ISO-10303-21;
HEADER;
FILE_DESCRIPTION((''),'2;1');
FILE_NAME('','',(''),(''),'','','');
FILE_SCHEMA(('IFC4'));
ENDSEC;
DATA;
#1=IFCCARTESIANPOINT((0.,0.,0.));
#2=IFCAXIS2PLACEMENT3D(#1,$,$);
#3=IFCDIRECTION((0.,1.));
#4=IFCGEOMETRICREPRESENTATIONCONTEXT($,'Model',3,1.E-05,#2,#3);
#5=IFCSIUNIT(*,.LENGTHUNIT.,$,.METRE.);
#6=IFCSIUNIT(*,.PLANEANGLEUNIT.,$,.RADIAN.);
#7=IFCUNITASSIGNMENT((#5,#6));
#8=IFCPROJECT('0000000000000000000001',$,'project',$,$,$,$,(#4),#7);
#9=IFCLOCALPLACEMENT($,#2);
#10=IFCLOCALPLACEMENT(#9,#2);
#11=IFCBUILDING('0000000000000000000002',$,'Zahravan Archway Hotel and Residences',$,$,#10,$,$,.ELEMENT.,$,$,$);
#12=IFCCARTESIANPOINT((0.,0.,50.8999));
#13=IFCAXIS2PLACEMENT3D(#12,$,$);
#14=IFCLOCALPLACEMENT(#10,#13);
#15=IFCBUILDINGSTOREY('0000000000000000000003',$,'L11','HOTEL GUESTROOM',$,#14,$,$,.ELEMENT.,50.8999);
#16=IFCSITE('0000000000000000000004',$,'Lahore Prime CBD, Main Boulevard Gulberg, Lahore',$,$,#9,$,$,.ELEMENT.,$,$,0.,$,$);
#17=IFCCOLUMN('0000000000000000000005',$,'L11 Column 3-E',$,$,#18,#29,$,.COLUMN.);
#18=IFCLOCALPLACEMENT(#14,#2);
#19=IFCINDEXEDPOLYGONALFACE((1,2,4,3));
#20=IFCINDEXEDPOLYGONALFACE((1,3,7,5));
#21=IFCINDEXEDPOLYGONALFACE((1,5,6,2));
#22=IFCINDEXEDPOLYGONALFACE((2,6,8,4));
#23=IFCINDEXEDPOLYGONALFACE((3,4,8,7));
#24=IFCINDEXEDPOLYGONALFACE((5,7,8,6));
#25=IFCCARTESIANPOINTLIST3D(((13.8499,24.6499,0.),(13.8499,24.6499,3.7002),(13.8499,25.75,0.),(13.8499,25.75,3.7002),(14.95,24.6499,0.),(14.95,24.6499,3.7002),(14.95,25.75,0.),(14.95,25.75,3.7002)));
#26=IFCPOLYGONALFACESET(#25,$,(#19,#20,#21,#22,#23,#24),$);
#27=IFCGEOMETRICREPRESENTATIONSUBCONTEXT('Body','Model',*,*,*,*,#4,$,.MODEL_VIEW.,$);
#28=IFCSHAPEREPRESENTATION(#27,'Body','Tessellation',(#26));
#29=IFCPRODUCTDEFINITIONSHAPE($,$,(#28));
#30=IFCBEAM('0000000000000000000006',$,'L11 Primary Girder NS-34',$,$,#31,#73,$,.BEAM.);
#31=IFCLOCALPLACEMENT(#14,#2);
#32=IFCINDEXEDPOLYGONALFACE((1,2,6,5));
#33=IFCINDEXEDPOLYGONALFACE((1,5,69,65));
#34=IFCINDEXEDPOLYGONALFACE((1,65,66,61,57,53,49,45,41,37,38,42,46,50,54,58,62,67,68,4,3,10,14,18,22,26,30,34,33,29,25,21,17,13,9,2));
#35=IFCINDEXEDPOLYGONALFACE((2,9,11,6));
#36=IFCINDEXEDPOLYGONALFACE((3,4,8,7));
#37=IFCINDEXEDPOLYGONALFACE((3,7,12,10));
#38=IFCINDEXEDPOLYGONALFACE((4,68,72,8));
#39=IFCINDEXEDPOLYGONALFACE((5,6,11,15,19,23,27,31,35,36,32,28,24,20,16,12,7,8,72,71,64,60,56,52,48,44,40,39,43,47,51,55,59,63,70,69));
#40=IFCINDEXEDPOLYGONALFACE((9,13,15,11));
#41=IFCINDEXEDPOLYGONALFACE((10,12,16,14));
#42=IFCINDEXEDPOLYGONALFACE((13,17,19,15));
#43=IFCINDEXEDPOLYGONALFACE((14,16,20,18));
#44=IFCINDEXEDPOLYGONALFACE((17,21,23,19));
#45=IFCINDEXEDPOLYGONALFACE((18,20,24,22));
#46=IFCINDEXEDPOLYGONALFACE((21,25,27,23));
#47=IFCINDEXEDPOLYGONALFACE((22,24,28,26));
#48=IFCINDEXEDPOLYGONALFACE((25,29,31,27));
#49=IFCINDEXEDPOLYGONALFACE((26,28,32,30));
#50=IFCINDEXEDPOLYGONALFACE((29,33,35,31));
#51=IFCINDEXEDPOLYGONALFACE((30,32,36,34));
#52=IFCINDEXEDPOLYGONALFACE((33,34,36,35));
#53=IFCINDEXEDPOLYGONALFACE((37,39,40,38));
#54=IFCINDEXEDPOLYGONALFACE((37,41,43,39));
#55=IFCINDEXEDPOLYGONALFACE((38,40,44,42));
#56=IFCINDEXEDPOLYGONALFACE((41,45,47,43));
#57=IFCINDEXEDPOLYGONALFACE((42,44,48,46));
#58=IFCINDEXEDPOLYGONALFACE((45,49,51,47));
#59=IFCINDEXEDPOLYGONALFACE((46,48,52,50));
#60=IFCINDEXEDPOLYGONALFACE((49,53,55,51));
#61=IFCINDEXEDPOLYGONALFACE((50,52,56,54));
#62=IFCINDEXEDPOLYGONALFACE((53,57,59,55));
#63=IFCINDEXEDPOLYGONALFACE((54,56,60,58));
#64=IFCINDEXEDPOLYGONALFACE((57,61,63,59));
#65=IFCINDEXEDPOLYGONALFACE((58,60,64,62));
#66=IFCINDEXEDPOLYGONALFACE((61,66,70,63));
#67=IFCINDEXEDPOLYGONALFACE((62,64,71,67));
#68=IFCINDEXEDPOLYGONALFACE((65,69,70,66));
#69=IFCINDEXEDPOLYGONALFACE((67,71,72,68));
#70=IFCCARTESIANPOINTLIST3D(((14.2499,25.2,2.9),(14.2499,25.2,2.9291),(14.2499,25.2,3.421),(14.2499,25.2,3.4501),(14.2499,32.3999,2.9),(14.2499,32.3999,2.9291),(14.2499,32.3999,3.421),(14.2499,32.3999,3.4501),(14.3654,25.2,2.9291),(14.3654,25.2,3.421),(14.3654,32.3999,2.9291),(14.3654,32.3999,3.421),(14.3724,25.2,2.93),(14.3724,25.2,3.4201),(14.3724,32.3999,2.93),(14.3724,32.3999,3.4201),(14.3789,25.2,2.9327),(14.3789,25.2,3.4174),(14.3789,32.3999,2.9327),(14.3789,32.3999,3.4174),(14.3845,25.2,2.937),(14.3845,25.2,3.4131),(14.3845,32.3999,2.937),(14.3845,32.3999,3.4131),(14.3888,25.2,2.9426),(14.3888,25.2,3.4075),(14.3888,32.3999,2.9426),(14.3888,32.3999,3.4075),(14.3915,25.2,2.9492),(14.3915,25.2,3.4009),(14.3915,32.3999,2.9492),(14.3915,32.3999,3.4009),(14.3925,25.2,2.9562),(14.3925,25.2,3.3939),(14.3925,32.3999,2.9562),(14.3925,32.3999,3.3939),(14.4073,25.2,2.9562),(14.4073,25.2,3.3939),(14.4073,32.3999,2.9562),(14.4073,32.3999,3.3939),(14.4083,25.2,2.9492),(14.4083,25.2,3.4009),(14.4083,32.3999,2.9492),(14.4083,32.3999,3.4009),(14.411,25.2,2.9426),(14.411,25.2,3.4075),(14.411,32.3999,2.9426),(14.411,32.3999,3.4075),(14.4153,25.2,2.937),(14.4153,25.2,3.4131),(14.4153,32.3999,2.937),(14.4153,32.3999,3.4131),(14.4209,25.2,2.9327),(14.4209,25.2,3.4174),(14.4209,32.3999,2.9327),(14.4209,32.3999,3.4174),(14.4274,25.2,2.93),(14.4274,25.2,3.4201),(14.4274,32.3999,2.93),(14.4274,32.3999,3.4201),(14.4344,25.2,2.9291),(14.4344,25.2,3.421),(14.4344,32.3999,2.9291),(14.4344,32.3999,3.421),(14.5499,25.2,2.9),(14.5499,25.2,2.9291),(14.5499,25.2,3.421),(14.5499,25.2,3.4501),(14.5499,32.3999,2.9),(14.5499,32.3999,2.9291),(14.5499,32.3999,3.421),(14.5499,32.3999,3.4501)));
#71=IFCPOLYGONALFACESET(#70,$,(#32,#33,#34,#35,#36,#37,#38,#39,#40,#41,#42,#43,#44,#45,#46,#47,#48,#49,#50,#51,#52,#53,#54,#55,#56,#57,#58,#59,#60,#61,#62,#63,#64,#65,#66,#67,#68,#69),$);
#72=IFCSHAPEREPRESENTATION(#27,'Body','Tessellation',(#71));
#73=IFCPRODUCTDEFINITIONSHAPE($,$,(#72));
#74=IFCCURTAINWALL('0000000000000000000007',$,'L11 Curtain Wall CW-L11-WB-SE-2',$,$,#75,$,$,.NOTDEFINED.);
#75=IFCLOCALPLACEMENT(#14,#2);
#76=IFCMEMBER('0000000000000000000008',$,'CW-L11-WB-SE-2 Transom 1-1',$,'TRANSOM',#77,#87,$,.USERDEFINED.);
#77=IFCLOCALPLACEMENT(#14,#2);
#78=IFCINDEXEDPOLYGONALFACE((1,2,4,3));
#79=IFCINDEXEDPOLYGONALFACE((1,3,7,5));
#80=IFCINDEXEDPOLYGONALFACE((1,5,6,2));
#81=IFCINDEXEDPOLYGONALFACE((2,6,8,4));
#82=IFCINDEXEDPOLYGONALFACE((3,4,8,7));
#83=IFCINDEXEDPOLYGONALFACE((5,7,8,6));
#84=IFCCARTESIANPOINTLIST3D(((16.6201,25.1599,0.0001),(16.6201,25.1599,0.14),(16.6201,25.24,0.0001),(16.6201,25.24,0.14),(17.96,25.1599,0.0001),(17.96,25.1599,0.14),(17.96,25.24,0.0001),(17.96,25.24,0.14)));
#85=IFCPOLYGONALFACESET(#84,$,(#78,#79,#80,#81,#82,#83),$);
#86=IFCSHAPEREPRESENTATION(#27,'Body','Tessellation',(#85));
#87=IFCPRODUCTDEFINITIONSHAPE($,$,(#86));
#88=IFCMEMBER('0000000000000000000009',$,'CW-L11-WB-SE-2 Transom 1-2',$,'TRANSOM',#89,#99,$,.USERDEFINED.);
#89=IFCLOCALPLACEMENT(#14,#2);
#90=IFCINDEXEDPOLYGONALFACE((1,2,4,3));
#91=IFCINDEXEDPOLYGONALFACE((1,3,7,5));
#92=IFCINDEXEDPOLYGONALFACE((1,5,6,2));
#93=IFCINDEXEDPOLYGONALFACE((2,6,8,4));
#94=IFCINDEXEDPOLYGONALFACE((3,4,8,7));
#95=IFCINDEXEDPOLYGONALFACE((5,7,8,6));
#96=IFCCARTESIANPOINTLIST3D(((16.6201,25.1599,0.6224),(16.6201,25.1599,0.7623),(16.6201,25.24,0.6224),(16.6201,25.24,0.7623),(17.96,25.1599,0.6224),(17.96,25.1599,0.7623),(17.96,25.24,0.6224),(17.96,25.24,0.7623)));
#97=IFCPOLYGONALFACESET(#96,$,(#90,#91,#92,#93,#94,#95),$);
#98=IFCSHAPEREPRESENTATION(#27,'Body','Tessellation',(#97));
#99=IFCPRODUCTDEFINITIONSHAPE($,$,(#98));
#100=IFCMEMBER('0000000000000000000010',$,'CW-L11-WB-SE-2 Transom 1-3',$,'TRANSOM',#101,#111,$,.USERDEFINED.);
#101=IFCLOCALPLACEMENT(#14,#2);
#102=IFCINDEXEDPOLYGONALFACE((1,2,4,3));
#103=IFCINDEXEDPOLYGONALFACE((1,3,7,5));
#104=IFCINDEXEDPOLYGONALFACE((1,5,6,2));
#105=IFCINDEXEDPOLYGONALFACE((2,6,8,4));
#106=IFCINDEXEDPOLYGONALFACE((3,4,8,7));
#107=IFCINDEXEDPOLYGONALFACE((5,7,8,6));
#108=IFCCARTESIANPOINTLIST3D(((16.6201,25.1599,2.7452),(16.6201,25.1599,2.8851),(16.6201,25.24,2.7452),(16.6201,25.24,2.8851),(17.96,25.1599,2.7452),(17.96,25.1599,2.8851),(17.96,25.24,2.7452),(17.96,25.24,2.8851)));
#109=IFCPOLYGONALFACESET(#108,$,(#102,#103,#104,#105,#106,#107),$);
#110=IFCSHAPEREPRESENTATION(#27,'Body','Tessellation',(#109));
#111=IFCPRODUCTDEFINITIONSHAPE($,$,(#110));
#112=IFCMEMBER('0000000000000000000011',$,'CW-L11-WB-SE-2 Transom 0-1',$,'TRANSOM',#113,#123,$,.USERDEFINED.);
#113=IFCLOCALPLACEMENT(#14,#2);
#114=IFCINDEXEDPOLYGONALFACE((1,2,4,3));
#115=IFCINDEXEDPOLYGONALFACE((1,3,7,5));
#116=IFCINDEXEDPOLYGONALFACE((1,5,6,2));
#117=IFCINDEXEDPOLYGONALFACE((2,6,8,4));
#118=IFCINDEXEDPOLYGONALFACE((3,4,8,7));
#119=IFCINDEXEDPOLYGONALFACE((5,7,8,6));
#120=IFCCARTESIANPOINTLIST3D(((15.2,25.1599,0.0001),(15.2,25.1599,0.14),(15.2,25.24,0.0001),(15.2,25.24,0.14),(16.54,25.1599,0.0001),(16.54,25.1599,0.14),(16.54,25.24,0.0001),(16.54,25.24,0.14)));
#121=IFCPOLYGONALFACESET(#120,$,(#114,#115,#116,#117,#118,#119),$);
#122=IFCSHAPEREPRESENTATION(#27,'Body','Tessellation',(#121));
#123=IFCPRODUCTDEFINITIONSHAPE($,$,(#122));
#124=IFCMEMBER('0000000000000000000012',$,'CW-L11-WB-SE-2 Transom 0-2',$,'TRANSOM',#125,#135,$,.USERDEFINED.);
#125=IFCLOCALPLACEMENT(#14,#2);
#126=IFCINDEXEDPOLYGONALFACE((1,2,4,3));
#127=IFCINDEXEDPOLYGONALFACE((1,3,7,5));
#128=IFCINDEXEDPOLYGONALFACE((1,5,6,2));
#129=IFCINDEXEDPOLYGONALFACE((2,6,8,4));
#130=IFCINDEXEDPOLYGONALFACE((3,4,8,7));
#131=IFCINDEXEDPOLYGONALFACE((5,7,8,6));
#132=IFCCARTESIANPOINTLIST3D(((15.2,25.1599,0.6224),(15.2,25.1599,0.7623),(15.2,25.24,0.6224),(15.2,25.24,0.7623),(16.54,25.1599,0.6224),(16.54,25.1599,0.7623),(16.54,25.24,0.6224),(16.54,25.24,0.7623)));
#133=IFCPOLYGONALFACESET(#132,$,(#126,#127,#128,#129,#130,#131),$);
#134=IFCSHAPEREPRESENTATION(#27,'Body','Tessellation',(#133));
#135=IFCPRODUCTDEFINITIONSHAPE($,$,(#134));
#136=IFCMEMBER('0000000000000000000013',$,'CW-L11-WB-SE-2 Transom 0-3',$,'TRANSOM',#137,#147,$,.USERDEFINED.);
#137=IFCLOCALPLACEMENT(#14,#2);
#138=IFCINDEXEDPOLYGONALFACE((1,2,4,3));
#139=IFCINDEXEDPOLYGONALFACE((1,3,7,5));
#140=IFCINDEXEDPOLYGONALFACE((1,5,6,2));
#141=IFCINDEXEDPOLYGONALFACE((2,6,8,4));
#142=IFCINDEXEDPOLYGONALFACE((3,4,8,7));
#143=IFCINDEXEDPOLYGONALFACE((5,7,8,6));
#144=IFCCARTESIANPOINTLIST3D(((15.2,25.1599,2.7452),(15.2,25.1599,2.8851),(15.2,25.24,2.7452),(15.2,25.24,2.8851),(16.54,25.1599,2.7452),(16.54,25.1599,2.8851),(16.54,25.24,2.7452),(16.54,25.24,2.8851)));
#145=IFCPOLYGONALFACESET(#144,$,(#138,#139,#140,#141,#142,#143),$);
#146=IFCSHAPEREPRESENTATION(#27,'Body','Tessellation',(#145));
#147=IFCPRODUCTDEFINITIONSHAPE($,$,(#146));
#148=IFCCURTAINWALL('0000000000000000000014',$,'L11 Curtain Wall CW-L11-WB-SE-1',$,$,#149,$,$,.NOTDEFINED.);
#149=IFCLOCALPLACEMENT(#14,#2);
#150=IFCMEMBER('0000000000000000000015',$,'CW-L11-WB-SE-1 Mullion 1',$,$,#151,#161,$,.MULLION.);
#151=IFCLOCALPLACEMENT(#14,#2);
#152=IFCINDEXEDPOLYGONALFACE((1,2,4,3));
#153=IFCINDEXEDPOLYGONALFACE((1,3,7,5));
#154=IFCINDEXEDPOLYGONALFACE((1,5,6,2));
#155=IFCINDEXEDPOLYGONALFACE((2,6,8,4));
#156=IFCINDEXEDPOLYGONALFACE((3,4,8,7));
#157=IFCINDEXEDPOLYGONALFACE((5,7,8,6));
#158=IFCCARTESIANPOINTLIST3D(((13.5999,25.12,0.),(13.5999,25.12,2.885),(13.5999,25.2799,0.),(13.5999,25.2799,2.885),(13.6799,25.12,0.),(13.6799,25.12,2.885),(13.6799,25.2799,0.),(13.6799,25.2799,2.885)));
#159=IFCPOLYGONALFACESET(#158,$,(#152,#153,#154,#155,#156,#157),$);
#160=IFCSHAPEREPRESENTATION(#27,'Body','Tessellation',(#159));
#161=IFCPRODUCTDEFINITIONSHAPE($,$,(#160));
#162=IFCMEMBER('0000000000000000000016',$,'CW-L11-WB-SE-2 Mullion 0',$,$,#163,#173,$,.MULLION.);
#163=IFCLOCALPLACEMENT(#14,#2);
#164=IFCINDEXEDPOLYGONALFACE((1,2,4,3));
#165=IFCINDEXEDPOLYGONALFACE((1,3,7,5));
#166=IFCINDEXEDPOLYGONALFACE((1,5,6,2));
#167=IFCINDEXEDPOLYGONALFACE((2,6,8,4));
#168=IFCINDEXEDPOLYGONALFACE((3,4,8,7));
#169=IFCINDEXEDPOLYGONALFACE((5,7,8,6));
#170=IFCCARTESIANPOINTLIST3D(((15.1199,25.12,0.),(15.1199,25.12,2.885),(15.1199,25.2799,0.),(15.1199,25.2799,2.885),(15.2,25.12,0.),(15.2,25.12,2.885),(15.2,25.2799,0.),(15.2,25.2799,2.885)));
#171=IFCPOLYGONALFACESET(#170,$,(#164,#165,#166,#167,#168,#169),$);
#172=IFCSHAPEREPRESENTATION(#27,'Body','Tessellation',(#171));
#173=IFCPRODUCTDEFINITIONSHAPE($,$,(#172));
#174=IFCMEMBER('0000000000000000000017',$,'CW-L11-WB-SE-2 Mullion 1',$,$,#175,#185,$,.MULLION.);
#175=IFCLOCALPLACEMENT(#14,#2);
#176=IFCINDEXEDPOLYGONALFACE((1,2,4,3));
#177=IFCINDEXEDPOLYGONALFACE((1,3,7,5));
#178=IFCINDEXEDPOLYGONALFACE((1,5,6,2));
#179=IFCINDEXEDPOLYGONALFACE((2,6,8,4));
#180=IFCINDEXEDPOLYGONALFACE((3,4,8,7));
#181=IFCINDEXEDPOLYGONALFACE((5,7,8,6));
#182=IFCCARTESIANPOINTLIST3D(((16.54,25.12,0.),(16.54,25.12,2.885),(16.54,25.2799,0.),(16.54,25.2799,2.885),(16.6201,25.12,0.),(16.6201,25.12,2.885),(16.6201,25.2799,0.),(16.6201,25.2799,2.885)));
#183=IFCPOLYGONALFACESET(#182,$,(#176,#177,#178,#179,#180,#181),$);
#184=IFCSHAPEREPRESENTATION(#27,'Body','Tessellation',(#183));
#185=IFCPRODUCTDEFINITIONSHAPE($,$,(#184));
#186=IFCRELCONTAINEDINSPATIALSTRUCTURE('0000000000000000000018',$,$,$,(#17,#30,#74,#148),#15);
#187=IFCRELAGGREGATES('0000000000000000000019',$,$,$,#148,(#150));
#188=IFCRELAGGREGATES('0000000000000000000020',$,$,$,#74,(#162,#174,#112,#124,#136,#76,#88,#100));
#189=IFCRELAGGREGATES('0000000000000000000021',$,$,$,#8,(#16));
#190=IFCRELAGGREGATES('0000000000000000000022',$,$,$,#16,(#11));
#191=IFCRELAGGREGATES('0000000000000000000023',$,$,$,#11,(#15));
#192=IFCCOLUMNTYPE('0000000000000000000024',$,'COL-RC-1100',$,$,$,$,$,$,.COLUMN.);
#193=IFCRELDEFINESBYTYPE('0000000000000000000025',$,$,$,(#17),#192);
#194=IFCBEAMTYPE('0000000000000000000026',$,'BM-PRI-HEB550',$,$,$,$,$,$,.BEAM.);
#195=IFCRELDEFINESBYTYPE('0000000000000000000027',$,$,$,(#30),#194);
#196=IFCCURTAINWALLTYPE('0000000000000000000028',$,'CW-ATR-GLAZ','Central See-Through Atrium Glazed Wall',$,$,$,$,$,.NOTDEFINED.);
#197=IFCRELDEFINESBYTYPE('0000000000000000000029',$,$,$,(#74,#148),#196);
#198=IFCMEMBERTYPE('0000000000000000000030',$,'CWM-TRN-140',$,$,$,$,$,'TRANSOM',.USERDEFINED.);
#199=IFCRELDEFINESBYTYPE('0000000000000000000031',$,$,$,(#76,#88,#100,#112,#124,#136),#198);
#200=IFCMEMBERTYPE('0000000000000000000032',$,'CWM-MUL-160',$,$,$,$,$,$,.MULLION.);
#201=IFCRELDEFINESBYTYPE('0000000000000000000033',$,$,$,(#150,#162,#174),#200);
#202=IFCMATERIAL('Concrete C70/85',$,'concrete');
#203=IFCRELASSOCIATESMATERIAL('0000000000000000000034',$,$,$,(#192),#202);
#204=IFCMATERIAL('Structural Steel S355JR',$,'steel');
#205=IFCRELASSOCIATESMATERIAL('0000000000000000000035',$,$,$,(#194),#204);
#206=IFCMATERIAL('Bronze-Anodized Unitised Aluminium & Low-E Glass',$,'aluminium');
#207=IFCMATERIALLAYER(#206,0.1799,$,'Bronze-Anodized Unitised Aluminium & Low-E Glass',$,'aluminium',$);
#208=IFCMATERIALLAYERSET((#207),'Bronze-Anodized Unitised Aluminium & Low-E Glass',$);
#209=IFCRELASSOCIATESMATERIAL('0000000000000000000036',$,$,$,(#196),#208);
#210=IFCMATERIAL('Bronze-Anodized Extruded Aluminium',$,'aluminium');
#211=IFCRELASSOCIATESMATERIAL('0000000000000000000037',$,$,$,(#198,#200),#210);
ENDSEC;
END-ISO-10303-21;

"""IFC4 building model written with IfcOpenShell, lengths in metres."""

from ifc_helpers import new_model, si_unit, direction, frame, origin, origin_2d, place, context, subcontext, project, spatial, rectangle, i_section, extrude, source, transform, mapped, material, layer, layer_set, material_profile, profile_set, type_object, element, aggregate, save


model = new_model("IFC4")

# Units and contexts
model_context = context("Model", 3, precision=1e-05, world=origin(), true_north=direction((0.0, 1.0)))
body_context = subcontext(model_context, "Body", "Model", "MODEL_VIEW")
ifc_project = project(units=[si_unit("LENGTHUNIT", "METRE"), si_unit("PLANEANGLEUNIT", "RADIAN")], contexts=[model_context])

# Site, building, storey
site_placement = place(None, origin())
site = spatial("IfcSite", under=ifc_project, at=site_placement, Name="Lahore Prime CBD, Main Boulevard Gulberg, Lahore", CompositionType="ELEMENT", RefElevation=0.0)
building_placement = place(site_placement, origin())
building = spatial("IfcBuilding", under=site, at=building_placement, Name="Zahravan Archway Hotel and Residences", CompositionType="ELEMENT")
storey_placement = place(building_placement, frame((0.0, 0.0, 50.8999)))
storey = spatial("IfcBuildingStorey", under=building, at=storey_placement, Name="L11", Description="HOTEL GUESTROOM", CompositionType="ELEMENT", Elevation=50.8999)

# Column
ifc_material_1 = material(Name="Concrete C70/85", Category="concrete")
ifc_material_profile_1 = material_profile(ifc_material_1, rectangle(XDim=1.1001, YDim=1.1001, at=origin_2d()), Name="RC 1100x1100", Category="concrete")
ifc_profile_set_1 = profile_set([ifc_material_profile_1], Name="Concrete C70/85")
column_type = type_object("IfcColumnType", Name="COL-RC-1100", PredefinedType="COLUMN", material=ifc_profile_set_1)
shared_shape_1 = source(origin(), body_context, "Body", "SweptSolid", [
    extrude(rectangle(XDim=1.1001, YDim=1.1001, at=origin_2d()), origin(), (0.0, 0.0, 1.0), 3.7002),
])
column_placement = place(storey_placement, frame((14.3999, 25.2, 0.0), z_axis=(0.0, 0.0, 1.0), x_axis=(1.0, 0.0, 0.0)))
element("IfcColumn", 1, at=column_placement, inside=storey, type_object=column_type, Name="L11 Column 3-E", PredefinedType="COLUMN", context=body_context, shape_type="MappedRepresentation", body=[
    mapped(shared_shape_1, transform((0.0, 0.0, 0.0), scale=1.0)),
])

# Beam
ifc_material_2 = material(Name="Structural Steel S355JR", Category="steel")
ifc_material_profile_2 = material_profile(ifc_material_2, i_section(OverallWidth=0.3, OverallDepth=0.55, WebThickness=0.0149, FlangeThickness=0.0291, FilletRadius=0.0271, at=origin_2d()), Name="HEB 550", Category="steel")
ifc_profile_set_2 = profile_set([ifc_material_profile_2], Name="Structural Steel S355JR")
beam_type = type_object("IfcBeamType", Name="BM-PRI-HEB550", PredefinedType="BEAM", material=ifc_profile_set_2)
shared_shape_2 = source(origin(), body_context, "Body", "SweptSolid", [
    extrude(i_section(OverallWidth=0.3, OverallDepth=0.55, WebThickness=0.0149, FlangeThickness=0.0291, FilletRadius=0.0271, at=origin_2d()), origin(), (0.0, 0.0, 1.0), 7.2),
])
beam_placement = place(storey_placement, frame((14.3999, 25.2, 3.175), z_axis=(0.0, 1.0, 0.0), x_axis=(-1.0, 0.0, 0.0)))
element("IfcBeam", 2, at=beam_placement, inside=storey, type_object=beam_type, Name="L11 Primary Girder NS-34", PredefinedType="BEAM", context=body_context, shape_type="MappedRepresentation", body=[
    mapped(shared_shape_2, transform((0.0, 0.0, 0.0), scale=1.0)),
])

# Curtain wall, members
ifc_material_3 = material(Name="Bronze-Anodized Unitised Aluminium & Low-E Glass", Category="aluminium")
ifc_layer_1 = layer(ifc_material_3, 0.1799, Name="Bronze-Anodized Unitised Aluminium & Low-E Glass", Category="aluminium")
ifc_layer_set_1 = layer_set([ifc_layer_1], Name="Bronze-Anodized Unitised Aluminium & Low-E Glass")
curtain_wall_type = type_object("IfcCurtainWallType", Name="CW-ATR-GLAZ", Description="Central See-Through Atrium Glazed Wall", PredefinedType="NOTDEFINED", material=ifc_layer_set_1)
curtain_wall_1_placement = place(storey_placement, origin())
curtain_wall_1 = element("IfcCurtainWall", 3, at=curtain_wall_1_placement, inside=storey, type_object=curtain_wall_type, Name="L11 Curtain Wall CW-L11-WB-SE-2", PredefinedType="NOTDEFINED")
ifc_material_4 = material(Name="Bronze-Anodized Extruded Aluminium", Category="aluminium")
ifc_material_profile_3 = material_profile(ifc_material_4, rectangle(XDim=0.0801, YDim=0.1399, at=origin_2d()), Name="TRN 80x140", Category="aluminium")
ifc_profile_set_3 = profile_set([ifc_material_profile_3], Name="Bronze-Anodized Extruded Aluminium")
member_type_1 = type_object("IfcMemberType", Name="CWM-TRN-140", ElementType="TRANSOM", PredefinedType="USERDEFINED", material=ifc_profile_set_3)
shared_shape_3 = source(origin(), body_context, "Body", "SweptSolid", [
    extrude(rectangle(XDim=0.0801, YDim=0.1399, at=origin_2d()), origin(), (0.0, 0.0, 1.0), 1.3398),
])
member_1_placement = place(storey_placement, frame((16.6201, 25.2, 0.0701), z_axis=(1.0, 0.0, 0.0), x_axis=(0.0, 1.0, 0.0)))
member_1 = element("IfcMember", 4, at=member_1_placement, type_object=member_type_1, Name="CW-L11-WB-SE-2 Transom 1-1", ObjectType="TRANSOM", PredefinedType="USERDEFINED", context=body_context, shape_type="MappedRepresentation", body=[
    mapped(shared_shape_3, transform((0.0, 0.0, 0.0), scale=1.0)),
])
member_2_placement = place(storey_placement, frame((16.6201, 25.2, 0.6924), z_axis=(1.0, 0.0, 0.0), x_axis=(0.0, 1.0, 0.0)))
member_2 = element("IfcMember", 5, at=member_2_placement, type_object=member_type_1, Name="CW-L11-WB-SE-2 Transom 1-2", ObjectType="TRANSOM", PredefinedType="USERDEFINED", context=body_context, shape_type="MappedRepresentation", body=[
    mapped(shared_shape_3, transform((0.0, 0.0, 0.0), scale=1.0)),
])
member_3_placement = place(storey_placement, frame((16.6201, 25.2, 2.8152), z_axis=(1.0, 0.0, 0.0), x_axis=(0.0, 1.0, 0.0)))
member_3 = element("IfcMember", 6, at=member_3_placement, type_object=member_type_1, Name="CW-L11-WB-SE-2 Transom 1-3", ObjectType="TRANSOM", PredefinedType="USERDEFINED", context=body_context, shape_type="MappedRepresentation", body=[
    mapped(shared_shape_3, transform((0.0, 0.0, 0.0), scale=1.0)),
])
shared_shape_4 = source(origin(), body_context, "Body", "SweptSolid", [
    extrude(rectangle(XDim=0.0801, YDim=0.1399, at=origin_2d()), origin(), (0.0, 0.0, 1.0), 1.3401),
])
member_4_placement = place(storey_placement, frame((15.2, 25.2, 0.0701), z_axis=(1.0, 0.0, 0.0), x_axis=(0.0, 1.0, 0.0)))
member_4 = element("IfcMember", 7, at=member_4_placement, type_object=member_type_1, Name="CW-L11-WB-SE-2 Transom 0-1", ObjectType="TRANSOM", PredefinedType="USERDEFINED", context=body_context, shape_type="MappedRepresentation", body=[
    mapped(shared_shape_4, transform((0.0, 0.0, 0.0), scale=1.0)),
])
member_5_placement = place(storey_placement, frame((15.2, 25.2, 0.6924), z_axis=(1.0, 0.0, 0.0), x_axis=(0.0, 1.0, 0.0)))
member_5 = element("IfcMember", 8, at=member_5_placement, type_object=member_type_1, Name="CW-L11-WB-SE-2 Transom 0-2", ObjectType="TRANSOM", PredefinedType="USERDEFINED", context=body_context, shape_type="MappedRepresentation", body=[
    mapped(shared_shape_4, transform((0.0, 0.0, 0.0), scale=1.0)),
])
member_6_placement = place(storey_placement, frame((15.2, 25.2, 2.8152), z_axis=(1.0, 0.0, 0.0), x_axis=(0.0, 1.0, 0.0)))
member_6 = element("IfcMember", 9, at=member_6_placement, type_object=member_type_1, Name="CW-L11-WB-SE-2 Transom 0-3", ObjectType="TRANSOM", PredefinedType="USERDEFINED", context=body_context, shape_type="MappedRepresentation", body=[
    mapped(shared_shape_4, transform((0.0, 0.0, 0.0), scale=1.0)),
])

# Curtain wall, member
curtain_wall_2_placement = place(storey_placement, origin())
curtain_wall_2 = element("IfcCurtainWall", 10, at=curtain_wall_2_placement, inside=storey, type_object=curtain_wall_type, Name="L11 Curtain Wall CW-L11-WB-SE-1", PredefinedType="NOTDEFINED")
ifc_material_profile_4 = material_profile(ifc_material_4, rectangle(XDim=0.0801, YDim=0.1599, at=origin_2d()), Name="MUL 80x160", Category="aluminium")
ifc_profile_set_4 = profile_set([ifc_material_profile_4], Name="Bronze-Anodized Extruded Aluminium")
member_type_2 = type_object("IfcMemberType", Name="CWM-MUL-160", PredefinedType="MULLION", material=ifc_profile_set_4)
shared_shape_5 = source(origin(), body_context, "Body", "SweptSolid", [
    extrude(rectangle(XDim=0.0801, YDim=0.1599, at=origin_2d()), origin(), (0.0, 0.0, 1.0), 2.885),
])
member_7_placement = place(storey_placement, frame((13.6399, 25.2, 0.0), z_axis=(0.0, 0.0, 1.0), x_axis=(1.0, 0.0, 0.0)))
member_7 = element("IfcMember", 11, at=member_7_placement, type_object=member_type_2, Name="CW-L11-WB-SE-1 Mullion 1", PredefinedType="MULLION", context=body_context, shape_type="MappedRepresentation", body=[
    mapped(shared_shape_5, transform((0.0, 0.0, 0.0), scale=1.0)),
])

# Members
member_8_placement = place(storey_placement, frame((15.1599, 25.2, 0.0), z_axis=(0.0, 0.0, 1.0), x_axis=(1.0, 0.0, 0.0)))
member_8 = element("IfcMember", 12, at=member_8_placement, type_object=member_type_2, Name="CW-L11-WB-SE-2 Mullion 0", PredefinedType="MULLION", context=body_context, shape_type="MappedRepresentation", body=[
    mapped(shared_shape_5, transform((0.0, 0.0, 0.0), scale=1.0)),
])
member_9_placement = place(storey_placement, frame((16.5801, 25.2, 0.0), z_axis=(0.0, 0.0, 1.0), x_axis=(1.0, 0.0, 0.0)))
member_9 = element("IfcMember", 13, at=member_9_placement, type_object=member_type_2, Name="CW-L11-WB-SE-2 Mullion 1", PredefinedType="MULLION", context=body_context, shape_type="MappedRepresentation", body=[
    mapped(shared_shape_5, transform((0.0, 0.0, 0.0), scale=1.0)),
])

aggregate(curtain_wall_2, [member_7])
aggregate(curtain_wall_1, [member_8, member_9, member_4, member_5, member_6, member_1, member_2, member_3])

save(model, "model.ifc")
